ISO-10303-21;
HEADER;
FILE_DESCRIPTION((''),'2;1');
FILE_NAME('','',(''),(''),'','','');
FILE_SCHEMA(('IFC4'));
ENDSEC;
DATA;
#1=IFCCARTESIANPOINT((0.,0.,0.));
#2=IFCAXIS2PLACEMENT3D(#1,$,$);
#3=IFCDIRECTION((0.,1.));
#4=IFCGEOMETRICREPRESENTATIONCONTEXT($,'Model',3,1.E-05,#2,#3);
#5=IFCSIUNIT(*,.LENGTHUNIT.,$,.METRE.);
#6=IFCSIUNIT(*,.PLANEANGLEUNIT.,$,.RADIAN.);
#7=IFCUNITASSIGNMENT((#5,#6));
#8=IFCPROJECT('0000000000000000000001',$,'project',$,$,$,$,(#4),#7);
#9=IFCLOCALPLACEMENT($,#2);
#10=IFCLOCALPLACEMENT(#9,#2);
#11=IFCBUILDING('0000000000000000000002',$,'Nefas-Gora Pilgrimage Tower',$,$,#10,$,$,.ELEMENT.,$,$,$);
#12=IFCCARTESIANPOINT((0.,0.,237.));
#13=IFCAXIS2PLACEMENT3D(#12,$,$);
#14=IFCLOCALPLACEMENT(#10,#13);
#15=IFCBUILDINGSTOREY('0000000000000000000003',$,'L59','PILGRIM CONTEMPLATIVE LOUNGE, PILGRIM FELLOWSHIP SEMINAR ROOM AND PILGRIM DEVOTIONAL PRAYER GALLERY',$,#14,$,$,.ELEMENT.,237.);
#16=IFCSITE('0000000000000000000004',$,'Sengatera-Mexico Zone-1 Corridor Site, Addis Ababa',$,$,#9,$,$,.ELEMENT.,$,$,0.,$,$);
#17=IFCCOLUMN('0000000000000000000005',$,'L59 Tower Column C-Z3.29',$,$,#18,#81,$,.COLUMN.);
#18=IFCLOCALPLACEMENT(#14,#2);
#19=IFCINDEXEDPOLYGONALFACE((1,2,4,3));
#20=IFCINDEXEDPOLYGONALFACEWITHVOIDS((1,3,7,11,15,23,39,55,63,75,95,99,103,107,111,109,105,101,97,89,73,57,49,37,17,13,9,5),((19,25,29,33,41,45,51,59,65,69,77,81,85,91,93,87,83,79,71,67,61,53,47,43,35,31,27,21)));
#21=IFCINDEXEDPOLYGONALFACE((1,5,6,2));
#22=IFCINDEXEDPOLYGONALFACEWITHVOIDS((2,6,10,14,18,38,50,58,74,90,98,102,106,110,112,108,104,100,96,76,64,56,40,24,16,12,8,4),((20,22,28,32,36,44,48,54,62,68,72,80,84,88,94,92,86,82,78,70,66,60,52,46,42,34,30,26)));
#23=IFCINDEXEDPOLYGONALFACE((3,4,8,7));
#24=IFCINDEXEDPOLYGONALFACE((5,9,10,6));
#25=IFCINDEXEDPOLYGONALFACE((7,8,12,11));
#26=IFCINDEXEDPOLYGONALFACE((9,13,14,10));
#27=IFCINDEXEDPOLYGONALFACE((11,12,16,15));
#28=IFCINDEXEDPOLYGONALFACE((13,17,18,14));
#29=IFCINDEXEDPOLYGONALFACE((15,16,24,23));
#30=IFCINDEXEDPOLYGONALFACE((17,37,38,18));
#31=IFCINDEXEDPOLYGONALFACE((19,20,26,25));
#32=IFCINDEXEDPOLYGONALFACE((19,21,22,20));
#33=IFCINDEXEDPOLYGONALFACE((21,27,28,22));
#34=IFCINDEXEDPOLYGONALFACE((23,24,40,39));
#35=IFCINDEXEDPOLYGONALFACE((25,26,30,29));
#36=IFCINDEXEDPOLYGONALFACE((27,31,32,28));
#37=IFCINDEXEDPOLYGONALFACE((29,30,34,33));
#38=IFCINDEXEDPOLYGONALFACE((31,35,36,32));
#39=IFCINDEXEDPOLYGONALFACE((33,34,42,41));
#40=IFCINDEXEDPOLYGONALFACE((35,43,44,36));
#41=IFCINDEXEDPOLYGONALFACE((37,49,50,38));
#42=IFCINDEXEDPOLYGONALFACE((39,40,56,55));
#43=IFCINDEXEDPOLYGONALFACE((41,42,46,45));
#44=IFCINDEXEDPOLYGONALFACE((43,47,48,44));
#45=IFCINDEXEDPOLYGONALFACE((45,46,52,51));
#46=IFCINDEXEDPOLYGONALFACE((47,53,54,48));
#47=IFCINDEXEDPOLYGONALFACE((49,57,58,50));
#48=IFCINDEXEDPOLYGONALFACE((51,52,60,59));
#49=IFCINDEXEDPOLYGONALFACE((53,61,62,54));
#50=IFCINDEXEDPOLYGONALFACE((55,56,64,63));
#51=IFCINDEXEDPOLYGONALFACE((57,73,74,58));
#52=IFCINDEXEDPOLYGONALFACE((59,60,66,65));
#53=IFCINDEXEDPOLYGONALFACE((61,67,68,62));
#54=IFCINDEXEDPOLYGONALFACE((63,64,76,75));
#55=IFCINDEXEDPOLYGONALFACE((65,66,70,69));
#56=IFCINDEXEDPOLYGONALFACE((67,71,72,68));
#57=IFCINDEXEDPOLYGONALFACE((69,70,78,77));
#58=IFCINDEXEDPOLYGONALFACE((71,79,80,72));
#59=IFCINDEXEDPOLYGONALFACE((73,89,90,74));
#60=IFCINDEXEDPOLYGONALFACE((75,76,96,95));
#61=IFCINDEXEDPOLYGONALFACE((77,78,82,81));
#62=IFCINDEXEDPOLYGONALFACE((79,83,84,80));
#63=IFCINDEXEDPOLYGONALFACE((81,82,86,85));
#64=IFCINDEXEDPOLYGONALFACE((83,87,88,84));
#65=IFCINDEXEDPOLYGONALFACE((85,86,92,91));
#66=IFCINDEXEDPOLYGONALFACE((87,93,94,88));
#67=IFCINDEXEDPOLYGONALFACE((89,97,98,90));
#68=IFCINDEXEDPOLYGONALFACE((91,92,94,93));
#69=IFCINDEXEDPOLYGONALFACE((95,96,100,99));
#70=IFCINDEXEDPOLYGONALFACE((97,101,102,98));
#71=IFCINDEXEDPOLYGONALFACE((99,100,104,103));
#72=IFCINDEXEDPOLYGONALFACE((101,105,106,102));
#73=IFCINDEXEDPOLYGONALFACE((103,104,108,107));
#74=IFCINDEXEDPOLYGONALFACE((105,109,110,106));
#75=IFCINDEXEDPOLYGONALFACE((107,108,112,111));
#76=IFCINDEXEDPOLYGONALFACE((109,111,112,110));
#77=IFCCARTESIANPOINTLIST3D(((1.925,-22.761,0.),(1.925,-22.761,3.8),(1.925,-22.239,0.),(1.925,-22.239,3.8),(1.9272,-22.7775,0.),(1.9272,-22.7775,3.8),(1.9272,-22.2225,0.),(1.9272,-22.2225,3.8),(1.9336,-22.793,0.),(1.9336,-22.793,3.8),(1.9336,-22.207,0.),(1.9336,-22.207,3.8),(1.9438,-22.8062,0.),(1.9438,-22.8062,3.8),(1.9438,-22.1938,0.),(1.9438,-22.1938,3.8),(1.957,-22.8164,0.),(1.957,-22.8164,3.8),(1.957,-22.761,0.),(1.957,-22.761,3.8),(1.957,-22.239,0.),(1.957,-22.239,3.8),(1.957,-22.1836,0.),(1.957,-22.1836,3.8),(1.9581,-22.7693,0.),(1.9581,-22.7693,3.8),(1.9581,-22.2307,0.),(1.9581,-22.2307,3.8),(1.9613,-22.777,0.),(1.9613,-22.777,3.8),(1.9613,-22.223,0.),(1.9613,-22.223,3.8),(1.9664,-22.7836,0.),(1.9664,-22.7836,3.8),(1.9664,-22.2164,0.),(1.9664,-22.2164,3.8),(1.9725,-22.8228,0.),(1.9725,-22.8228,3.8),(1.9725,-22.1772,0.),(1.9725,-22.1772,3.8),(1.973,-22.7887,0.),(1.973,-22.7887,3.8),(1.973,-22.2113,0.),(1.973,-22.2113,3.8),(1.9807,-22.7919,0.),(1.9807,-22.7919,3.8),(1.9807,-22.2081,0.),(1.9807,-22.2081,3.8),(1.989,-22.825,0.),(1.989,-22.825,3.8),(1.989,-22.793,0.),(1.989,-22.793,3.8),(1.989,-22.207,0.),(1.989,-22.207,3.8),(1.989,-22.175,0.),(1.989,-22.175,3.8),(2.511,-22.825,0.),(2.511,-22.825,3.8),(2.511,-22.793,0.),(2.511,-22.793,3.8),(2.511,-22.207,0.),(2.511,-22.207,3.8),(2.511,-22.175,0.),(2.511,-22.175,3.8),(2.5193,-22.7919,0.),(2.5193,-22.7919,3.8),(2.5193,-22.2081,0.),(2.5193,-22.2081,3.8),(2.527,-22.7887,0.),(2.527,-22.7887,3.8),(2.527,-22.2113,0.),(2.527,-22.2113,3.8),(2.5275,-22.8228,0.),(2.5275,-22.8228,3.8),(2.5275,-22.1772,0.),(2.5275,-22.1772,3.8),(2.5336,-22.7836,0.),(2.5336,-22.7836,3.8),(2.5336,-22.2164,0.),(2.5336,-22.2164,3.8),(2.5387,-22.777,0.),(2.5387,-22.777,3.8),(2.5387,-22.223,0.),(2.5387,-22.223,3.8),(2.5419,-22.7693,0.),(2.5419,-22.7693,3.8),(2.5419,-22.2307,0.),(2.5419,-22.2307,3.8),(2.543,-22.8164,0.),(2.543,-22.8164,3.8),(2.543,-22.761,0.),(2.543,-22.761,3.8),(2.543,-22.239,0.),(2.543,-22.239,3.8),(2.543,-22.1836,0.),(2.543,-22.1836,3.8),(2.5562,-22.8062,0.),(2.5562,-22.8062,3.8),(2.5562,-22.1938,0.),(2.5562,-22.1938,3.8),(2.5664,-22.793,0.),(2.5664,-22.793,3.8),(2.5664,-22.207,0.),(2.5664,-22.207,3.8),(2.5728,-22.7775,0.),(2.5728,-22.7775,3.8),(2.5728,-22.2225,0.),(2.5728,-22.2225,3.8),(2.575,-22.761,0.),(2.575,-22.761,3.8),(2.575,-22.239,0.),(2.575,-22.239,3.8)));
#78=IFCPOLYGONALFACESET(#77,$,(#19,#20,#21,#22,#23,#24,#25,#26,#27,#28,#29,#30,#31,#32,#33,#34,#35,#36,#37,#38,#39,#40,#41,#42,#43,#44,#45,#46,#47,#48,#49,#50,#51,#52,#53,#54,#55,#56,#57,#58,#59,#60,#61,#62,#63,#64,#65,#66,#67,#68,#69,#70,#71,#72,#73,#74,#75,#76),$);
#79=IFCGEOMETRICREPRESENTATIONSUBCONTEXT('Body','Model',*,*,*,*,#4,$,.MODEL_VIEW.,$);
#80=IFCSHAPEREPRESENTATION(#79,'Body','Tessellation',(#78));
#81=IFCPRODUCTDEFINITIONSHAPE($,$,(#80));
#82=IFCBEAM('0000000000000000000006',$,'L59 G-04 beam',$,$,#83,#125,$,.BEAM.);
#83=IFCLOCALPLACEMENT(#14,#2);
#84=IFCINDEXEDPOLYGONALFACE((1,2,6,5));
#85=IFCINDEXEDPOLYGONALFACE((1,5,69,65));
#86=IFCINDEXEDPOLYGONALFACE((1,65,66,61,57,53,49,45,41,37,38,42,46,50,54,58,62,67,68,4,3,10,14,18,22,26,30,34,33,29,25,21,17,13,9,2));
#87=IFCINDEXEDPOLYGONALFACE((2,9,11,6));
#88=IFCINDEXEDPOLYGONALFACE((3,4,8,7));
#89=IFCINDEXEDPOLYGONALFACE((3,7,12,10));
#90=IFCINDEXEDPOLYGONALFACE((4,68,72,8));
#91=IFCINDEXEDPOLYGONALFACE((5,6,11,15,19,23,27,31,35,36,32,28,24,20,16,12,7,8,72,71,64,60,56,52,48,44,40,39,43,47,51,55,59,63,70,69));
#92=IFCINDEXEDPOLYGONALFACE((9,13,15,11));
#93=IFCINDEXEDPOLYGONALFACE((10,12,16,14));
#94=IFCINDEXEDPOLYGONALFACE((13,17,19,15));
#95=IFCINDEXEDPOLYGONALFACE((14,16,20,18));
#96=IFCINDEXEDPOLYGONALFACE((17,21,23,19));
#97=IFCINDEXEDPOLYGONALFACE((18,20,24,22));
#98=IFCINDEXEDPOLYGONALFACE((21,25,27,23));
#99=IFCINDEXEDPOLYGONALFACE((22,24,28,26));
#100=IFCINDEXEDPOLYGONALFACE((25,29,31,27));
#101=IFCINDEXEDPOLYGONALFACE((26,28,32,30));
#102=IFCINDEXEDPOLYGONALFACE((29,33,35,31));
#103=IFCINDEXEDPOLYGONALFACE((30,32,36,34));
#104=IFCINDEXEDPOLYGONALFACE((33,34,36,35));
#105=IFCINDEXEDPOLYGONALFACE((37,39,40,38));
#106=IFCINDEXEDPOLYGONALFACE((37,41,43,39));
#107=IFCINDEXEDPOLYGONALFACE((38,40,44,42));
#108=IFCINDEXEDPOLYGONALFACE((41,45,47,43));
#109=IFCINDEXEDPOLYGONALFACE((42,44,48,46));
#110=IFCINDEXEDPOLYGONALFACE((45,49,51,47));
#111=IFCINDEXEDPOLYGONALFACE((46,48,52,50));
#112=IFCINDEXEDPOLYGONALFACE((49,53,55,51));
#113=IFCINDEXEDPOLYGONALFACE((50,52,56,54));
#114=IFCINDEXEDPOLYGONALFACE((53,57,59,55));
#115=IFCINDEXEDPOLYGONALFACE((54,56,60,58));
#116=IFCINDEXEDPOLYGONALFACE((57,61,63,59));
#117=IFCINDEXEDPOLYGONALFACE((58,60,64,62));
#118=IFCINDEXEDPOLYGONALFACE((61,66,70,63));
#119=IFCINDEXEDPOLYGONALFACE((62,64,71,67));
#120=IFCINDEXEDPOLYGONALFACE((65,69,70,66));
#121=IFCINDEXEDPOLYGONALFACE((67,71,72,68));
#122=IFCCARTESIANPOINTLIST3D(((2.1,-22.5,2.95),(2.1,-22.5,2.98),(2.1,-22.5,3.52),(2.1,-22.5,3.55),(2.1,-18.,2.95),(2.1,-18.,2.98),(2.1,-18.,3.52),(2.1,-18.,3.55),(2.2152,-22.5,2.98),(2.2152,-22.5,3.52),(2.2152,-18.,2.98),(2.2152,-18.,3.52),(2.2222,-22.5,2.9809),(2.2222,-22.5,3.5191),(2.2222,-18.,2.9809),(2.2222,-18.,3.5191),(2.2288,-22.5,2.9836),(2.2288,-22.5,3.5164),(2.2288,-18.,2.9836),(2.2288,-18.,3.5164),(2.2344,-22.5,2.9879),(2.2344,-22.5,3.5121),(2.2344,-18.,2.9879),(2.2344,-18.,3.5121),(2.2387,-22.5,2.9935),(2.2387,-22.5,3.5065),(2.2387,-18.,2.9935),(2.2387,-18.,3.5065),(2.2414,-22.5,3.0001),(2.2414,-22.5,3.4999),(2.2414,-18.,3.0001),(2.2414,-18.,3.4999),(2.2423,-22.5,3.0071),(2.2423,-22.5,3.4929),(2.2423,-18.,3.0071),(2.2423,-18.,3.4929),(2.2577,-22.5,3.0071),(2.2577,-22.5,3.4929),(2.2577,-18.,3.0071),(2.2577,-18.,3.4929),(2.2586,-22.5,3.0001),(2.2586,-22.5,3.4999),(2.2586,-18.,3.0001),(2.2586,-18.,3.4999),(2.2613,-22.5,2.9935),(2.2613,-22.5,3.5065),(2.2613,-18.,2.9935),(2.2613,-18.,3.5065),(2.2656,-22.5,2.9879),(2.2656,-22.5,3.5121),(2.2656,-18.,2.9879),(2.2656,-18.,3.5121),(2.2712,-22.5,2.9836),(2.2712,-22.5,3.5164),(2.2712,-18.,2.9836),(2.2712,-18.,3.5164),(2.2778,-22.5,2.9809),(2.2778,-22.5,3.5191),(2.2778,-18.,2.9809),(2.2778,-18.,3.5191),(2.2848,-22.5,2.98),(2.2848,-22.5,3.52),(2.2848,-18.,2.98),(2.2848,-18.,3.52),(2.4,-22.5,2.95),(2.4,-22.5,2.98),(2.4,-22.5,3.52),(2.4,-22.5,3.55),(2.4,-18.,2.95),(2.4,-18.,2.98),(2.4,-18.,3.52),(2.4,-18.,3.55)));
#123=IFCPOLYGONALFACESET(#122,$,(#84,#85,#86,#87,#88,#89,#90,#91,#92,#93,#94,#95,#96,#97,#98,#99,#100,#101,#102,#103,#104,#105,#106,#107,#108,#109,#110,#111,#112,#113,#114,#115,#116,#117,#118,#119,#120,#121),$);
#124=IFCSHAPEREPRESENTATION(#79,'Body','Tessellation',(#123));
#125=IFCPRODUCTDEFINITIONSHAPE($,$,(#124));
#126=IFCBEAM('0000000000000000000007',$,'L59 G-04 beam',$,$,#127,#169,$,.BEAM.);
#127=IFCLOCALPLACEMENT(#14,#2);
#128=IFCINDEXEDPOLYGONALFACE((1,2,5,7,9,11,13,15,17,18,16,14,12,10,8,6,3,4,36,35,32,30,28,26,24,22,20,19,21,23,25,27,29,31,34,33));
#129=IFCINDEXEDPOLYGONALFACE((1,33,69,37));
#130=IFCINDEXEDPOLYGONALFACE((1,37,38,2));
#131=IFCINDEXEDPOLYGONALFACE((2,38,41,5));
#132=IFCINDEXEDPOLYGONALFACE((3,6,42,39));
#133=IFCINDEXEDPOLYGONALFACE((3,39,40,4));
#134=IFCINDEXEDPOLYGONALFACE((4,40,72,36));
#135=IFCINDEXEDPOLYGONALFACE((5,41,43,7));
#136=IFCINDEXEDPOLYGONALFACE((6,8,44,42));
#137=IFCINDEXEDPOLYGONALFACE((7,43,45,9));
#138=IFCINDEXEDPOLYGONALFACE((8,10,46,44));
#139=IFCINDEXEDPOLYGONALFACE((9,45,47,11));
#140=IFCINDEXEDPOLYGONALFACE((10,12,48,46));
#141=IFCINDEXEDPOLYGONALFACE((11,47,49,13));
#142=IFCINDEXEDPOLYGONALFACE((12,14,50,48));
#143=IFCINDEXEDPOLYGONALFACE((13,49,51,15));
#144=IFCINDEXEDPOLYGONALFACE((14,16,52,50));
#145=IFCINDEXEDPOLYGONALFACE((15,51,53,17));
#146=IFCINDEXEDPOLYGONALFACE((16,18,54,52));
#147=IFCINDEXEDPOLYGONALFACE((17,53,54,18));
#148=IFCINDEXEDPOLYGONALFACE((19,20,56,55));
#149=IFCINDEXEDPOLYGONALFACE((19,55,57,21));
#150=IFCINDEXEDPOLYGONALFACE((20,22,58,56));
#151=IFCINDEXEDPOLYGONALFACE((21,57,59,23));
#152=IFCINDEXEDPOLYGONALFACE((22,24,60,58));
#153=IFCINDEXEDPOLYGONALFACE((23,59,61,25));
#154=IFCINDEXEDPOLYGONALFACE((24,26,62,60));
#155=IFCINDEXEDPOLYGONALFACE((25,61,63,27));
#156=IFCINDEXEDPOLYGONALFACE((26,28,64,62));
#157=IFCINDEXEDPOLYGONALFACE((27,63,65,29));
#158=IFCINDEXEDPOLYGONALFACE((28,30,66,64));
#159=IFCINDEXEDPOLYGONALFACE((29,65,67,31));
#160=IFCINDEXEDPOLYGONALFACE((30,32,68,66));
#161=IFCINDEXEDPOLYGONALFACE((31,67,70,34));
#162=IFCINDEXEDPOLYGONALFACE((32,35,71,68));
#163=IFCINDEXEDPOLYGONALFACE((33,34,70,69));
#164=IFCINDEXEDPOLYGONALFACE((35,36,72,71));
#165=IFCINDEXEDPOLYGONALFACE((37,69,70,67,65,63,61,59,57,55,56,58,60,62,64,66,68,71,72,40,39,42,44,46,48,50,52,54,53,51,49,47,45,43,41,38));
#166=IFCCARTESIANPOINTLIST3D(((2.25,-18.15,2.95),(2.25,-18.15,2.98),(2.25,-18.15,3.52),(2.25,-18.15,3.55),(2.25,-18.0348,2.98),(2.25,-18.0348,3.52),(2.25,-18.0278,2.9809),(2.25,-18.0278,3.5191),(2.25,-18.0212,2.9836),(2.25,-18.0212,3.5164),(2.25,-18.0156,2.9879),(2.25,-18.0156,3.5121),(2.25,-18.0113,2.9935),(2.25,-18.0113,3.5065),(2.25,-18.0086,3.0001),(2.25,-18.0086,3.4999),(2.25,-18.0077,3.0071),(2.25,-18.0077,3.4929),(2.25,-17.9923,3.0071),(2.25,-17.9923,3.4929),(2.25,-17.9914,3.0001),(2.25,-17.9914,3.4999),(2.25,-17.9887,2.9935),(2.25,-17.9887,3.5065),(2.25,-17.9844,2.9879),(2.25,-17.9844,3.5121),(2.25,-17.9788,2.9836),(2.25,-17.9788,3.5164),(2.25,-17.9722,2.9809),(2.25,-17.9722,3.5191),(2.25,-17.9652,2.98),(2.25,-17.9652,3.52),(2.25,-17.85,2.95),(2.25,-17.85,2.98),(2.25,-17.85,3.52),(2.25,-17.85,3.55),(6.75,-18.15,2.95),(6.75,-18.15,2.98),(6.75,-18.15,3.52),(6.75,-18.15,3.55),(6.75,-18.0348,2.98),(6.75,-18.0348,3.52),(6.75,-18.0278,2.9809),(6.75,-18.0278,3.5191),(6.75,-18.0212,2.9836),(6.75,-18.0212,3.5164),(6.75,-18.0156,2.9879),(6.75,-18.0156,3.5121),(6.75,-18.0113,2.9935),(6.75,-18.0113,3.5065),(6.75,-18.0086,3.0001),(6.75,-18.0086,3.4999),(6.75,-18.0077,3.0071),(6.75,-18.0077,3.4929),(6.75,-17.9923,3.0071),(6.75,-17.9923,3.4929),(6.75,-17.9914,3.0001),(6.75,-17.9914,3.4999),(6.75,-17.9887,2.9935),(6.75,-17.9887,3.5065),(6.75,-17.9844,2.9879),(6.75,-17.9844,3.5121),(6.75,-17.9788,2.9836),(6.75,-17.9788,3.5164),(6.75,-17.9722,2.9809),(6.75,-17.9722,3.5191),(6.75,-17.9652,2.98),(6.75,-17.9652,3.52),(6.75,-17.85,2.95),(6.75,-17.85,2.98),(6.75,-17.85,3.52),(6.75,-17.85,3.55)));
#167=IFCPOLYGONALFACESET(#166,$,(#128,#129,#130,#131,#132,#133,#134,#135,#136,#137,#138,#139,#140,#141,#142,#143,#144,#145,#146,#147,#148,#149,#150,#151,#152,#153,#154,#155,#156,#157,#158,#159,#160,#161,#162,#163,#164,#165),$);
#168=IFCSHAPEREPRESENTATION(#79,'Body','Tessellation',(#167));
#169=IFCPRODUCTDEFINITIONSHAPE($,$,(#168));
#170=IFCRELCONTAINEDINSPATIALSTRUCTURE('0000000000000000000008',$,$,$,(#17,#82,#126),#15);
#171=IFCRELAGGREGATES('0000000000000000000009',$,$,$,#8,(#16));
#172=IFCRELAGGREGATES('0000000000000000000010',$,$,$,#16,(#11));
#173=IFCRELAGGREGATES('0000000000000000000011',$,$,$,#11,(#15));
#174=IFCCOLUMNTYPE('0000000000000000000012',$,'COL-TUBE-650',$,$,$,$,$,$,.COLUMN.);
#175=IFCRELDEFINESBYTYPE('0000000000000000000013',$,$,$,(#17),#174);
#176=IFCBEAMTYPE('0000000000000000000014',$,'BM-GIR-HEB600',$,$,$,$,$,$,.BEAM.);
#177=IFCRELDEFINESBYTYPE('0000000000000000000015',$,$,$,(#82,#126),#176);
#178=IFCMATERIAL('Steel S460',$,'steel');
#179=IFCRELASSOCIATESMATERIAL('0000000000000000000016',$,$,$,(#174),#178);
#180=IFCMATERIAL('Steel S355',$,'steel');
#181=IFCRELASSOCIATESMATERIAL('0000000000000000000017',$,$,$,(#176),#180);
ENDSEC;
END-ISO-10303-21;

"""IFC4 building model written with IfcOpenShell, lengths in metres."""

from ifc_helpers import new_model, si_unit, direction, frame, origin, origin_2d, place, context, subcontext, project, spatial, hollow_rectangle, i_section, extrude, source, transform, mapped, material, material_profile, profile_set, type_object, element, save


model = new_model("IFC4")

# Units and contexts
model_context = context("Model", 3, precision=1e-05, world=origin(), true_north=direction((0.0, 1.0)))
body_context = subcontext(model_context, "Body", "Model", "MODEL_VIEW")
ifc_project = project(units=[si_unit("LENGTHUNIT", "METRE"), si_unit("PLANEANGLEUNIT", "RADIAN")], contexts=[model_context])

# Site, building, storey
site_placement = place(None, origin())
site = spatial("IfcSite", under=ifc_project, at=site_placement, Name="Sengatera-Mexico Zone-1 Corridor Site, Addis Ababa", CompositionType="ELEMENT", RefElevation=0.0)
building_placement = place(site_placement, origin())
building = spatial("IfcBuilding", under=site, at=building_placement, Name="Nefas-Gora Pilgrimage Tower", CompositionType="ELEMENT")
storey_placement = place(building_placement, frame((0.0, 0.0, 237.0)))
storey = spatial("IfcBuildingStorey", under=building, at=storey_placement, Name="L59", Description="PILGRIM CONTEMPLATIVE LOUNGE, PILGRIM FELLOWSHIP SEMINAR ROOM AND PILGRIM DEVOTIONAL PRAYER GALLERY", CompositionType="ELEMENT", Elevation=237.0)

# Column
ifc_material_1 = material(Name="Steel S460", Category="steel")
ifc_material_profile_1 = material_profile(ifc_material_1, hollow_rectangle(XDim=0.6499, YDim=0.6499, WallThickness=0.032, InnerFilletRadius=0.032, OuterFilletRadius=0.064, at=origin_2d()), Name="BOX 650x650x32")
ifc_profile_set_1 = profile_set([ifc_material_profile_1], Name="Steel S460")
column_type_1 = type_object("IfcColumnType", Name="COL-TUBE-650", PredefinedType="COLUMN", material=ifc_profile_set_1)
shared_shape_1 = source(origin(), body_context, "Body", "SweptSolid", [
    extrude(hollow_rectangle(XDim=0.6499, YDim=0.6499, WallThickness=0.032, InnerFilletRadius=0.032, OuterFilletRadius=0.064, at=origin_2d()), origin(), (0.0, 0.0, 1.0), 3.8),
])
column_placement = place(storey_placement, frame((2.25, -22.5, 0.0), z_axis=(0.0, 0.0, 1.0), x_axis=(1.0, 0.0, 0.0)))
element("IfcColumn", 1, at=column_placement, inside=storey, type_object=column_type_1, Name="L59 Tower Column C-Z3.29", PredefinedType="COLUMN", context=body_context, shape_type="MappedRepresentation", body=[
    mapped(shared_shape_1, transform((0.0, 0.0, 0.0), x_axis=(1.0, 0.0, 0.0), y_axis=(0.0, 1.0, 0.0), z_axis=(0.0, 0.0, 1.0), scale=1.0)),
])

# Beams
ifc_material_2 = material(Name="Steel S355", Category="steel")
ifc_material_profile_2 = material_profile(ifc_material_2, i_section(OverallWidth=0.3, OverallDepth=0.6001, WebThickness=0.0154, FlangeThickness=0.03, FilletRadius=0.0271, at=origin_2d()), Name="HEB 600")
ifc_profile_set_2 = profile_set([ifc_material_profile_2], Name="Steel S355")
beam_type = type_object("IfcBeamType", Name="BM-GIR-HEB600", PredefinedType="BEAM", material=ifc_profile_set_2)
shared_shape_2 = source(origin(), body_context, "Body", "SweptSolid", [
    extrude(i_section(OverallWidth=0.3, OverallDepth=0.6001, WebThickness=0.0154, FlangeThickness=0.03, FilletRadius=0.0271, at=origin_2d()), origin(), (0.0, 0.0, 1.0), 4.5),
])
for number, where, z_axis, x_axis, name in (
    (2, (2.25, -22.5, 3.25), (0.0, 1.0, 0.0), (-1.0, 0.0, 0.0), "L59 G-04 beam"),
    (3, (2.25, -18.0, 3.25), (1.0, 0.0, 0.0), (0.0, 1.0, 0.0), "L59 G-04 beam"),
):
    element("IfcBeam", number, at=place(storey_placement, frame(where, z_axis=z_axis, x_axis=x_axis)), inside=storey, type_object=beam_type, Name=name, PredefinedType="BEAM", context=body_context, shape_type="MappedRepresentation", body=[
        mapped(shared_shape_2, transform((0.0, 0.0, 0.0), x_axis=(1.0, 0.0, 0.0), y_axis=(0.0, 1.0, 0.0), z_axis=(0.0, 0.0, 1.0), scale=1.0)),
    ])

save(model, "model.ifc")
